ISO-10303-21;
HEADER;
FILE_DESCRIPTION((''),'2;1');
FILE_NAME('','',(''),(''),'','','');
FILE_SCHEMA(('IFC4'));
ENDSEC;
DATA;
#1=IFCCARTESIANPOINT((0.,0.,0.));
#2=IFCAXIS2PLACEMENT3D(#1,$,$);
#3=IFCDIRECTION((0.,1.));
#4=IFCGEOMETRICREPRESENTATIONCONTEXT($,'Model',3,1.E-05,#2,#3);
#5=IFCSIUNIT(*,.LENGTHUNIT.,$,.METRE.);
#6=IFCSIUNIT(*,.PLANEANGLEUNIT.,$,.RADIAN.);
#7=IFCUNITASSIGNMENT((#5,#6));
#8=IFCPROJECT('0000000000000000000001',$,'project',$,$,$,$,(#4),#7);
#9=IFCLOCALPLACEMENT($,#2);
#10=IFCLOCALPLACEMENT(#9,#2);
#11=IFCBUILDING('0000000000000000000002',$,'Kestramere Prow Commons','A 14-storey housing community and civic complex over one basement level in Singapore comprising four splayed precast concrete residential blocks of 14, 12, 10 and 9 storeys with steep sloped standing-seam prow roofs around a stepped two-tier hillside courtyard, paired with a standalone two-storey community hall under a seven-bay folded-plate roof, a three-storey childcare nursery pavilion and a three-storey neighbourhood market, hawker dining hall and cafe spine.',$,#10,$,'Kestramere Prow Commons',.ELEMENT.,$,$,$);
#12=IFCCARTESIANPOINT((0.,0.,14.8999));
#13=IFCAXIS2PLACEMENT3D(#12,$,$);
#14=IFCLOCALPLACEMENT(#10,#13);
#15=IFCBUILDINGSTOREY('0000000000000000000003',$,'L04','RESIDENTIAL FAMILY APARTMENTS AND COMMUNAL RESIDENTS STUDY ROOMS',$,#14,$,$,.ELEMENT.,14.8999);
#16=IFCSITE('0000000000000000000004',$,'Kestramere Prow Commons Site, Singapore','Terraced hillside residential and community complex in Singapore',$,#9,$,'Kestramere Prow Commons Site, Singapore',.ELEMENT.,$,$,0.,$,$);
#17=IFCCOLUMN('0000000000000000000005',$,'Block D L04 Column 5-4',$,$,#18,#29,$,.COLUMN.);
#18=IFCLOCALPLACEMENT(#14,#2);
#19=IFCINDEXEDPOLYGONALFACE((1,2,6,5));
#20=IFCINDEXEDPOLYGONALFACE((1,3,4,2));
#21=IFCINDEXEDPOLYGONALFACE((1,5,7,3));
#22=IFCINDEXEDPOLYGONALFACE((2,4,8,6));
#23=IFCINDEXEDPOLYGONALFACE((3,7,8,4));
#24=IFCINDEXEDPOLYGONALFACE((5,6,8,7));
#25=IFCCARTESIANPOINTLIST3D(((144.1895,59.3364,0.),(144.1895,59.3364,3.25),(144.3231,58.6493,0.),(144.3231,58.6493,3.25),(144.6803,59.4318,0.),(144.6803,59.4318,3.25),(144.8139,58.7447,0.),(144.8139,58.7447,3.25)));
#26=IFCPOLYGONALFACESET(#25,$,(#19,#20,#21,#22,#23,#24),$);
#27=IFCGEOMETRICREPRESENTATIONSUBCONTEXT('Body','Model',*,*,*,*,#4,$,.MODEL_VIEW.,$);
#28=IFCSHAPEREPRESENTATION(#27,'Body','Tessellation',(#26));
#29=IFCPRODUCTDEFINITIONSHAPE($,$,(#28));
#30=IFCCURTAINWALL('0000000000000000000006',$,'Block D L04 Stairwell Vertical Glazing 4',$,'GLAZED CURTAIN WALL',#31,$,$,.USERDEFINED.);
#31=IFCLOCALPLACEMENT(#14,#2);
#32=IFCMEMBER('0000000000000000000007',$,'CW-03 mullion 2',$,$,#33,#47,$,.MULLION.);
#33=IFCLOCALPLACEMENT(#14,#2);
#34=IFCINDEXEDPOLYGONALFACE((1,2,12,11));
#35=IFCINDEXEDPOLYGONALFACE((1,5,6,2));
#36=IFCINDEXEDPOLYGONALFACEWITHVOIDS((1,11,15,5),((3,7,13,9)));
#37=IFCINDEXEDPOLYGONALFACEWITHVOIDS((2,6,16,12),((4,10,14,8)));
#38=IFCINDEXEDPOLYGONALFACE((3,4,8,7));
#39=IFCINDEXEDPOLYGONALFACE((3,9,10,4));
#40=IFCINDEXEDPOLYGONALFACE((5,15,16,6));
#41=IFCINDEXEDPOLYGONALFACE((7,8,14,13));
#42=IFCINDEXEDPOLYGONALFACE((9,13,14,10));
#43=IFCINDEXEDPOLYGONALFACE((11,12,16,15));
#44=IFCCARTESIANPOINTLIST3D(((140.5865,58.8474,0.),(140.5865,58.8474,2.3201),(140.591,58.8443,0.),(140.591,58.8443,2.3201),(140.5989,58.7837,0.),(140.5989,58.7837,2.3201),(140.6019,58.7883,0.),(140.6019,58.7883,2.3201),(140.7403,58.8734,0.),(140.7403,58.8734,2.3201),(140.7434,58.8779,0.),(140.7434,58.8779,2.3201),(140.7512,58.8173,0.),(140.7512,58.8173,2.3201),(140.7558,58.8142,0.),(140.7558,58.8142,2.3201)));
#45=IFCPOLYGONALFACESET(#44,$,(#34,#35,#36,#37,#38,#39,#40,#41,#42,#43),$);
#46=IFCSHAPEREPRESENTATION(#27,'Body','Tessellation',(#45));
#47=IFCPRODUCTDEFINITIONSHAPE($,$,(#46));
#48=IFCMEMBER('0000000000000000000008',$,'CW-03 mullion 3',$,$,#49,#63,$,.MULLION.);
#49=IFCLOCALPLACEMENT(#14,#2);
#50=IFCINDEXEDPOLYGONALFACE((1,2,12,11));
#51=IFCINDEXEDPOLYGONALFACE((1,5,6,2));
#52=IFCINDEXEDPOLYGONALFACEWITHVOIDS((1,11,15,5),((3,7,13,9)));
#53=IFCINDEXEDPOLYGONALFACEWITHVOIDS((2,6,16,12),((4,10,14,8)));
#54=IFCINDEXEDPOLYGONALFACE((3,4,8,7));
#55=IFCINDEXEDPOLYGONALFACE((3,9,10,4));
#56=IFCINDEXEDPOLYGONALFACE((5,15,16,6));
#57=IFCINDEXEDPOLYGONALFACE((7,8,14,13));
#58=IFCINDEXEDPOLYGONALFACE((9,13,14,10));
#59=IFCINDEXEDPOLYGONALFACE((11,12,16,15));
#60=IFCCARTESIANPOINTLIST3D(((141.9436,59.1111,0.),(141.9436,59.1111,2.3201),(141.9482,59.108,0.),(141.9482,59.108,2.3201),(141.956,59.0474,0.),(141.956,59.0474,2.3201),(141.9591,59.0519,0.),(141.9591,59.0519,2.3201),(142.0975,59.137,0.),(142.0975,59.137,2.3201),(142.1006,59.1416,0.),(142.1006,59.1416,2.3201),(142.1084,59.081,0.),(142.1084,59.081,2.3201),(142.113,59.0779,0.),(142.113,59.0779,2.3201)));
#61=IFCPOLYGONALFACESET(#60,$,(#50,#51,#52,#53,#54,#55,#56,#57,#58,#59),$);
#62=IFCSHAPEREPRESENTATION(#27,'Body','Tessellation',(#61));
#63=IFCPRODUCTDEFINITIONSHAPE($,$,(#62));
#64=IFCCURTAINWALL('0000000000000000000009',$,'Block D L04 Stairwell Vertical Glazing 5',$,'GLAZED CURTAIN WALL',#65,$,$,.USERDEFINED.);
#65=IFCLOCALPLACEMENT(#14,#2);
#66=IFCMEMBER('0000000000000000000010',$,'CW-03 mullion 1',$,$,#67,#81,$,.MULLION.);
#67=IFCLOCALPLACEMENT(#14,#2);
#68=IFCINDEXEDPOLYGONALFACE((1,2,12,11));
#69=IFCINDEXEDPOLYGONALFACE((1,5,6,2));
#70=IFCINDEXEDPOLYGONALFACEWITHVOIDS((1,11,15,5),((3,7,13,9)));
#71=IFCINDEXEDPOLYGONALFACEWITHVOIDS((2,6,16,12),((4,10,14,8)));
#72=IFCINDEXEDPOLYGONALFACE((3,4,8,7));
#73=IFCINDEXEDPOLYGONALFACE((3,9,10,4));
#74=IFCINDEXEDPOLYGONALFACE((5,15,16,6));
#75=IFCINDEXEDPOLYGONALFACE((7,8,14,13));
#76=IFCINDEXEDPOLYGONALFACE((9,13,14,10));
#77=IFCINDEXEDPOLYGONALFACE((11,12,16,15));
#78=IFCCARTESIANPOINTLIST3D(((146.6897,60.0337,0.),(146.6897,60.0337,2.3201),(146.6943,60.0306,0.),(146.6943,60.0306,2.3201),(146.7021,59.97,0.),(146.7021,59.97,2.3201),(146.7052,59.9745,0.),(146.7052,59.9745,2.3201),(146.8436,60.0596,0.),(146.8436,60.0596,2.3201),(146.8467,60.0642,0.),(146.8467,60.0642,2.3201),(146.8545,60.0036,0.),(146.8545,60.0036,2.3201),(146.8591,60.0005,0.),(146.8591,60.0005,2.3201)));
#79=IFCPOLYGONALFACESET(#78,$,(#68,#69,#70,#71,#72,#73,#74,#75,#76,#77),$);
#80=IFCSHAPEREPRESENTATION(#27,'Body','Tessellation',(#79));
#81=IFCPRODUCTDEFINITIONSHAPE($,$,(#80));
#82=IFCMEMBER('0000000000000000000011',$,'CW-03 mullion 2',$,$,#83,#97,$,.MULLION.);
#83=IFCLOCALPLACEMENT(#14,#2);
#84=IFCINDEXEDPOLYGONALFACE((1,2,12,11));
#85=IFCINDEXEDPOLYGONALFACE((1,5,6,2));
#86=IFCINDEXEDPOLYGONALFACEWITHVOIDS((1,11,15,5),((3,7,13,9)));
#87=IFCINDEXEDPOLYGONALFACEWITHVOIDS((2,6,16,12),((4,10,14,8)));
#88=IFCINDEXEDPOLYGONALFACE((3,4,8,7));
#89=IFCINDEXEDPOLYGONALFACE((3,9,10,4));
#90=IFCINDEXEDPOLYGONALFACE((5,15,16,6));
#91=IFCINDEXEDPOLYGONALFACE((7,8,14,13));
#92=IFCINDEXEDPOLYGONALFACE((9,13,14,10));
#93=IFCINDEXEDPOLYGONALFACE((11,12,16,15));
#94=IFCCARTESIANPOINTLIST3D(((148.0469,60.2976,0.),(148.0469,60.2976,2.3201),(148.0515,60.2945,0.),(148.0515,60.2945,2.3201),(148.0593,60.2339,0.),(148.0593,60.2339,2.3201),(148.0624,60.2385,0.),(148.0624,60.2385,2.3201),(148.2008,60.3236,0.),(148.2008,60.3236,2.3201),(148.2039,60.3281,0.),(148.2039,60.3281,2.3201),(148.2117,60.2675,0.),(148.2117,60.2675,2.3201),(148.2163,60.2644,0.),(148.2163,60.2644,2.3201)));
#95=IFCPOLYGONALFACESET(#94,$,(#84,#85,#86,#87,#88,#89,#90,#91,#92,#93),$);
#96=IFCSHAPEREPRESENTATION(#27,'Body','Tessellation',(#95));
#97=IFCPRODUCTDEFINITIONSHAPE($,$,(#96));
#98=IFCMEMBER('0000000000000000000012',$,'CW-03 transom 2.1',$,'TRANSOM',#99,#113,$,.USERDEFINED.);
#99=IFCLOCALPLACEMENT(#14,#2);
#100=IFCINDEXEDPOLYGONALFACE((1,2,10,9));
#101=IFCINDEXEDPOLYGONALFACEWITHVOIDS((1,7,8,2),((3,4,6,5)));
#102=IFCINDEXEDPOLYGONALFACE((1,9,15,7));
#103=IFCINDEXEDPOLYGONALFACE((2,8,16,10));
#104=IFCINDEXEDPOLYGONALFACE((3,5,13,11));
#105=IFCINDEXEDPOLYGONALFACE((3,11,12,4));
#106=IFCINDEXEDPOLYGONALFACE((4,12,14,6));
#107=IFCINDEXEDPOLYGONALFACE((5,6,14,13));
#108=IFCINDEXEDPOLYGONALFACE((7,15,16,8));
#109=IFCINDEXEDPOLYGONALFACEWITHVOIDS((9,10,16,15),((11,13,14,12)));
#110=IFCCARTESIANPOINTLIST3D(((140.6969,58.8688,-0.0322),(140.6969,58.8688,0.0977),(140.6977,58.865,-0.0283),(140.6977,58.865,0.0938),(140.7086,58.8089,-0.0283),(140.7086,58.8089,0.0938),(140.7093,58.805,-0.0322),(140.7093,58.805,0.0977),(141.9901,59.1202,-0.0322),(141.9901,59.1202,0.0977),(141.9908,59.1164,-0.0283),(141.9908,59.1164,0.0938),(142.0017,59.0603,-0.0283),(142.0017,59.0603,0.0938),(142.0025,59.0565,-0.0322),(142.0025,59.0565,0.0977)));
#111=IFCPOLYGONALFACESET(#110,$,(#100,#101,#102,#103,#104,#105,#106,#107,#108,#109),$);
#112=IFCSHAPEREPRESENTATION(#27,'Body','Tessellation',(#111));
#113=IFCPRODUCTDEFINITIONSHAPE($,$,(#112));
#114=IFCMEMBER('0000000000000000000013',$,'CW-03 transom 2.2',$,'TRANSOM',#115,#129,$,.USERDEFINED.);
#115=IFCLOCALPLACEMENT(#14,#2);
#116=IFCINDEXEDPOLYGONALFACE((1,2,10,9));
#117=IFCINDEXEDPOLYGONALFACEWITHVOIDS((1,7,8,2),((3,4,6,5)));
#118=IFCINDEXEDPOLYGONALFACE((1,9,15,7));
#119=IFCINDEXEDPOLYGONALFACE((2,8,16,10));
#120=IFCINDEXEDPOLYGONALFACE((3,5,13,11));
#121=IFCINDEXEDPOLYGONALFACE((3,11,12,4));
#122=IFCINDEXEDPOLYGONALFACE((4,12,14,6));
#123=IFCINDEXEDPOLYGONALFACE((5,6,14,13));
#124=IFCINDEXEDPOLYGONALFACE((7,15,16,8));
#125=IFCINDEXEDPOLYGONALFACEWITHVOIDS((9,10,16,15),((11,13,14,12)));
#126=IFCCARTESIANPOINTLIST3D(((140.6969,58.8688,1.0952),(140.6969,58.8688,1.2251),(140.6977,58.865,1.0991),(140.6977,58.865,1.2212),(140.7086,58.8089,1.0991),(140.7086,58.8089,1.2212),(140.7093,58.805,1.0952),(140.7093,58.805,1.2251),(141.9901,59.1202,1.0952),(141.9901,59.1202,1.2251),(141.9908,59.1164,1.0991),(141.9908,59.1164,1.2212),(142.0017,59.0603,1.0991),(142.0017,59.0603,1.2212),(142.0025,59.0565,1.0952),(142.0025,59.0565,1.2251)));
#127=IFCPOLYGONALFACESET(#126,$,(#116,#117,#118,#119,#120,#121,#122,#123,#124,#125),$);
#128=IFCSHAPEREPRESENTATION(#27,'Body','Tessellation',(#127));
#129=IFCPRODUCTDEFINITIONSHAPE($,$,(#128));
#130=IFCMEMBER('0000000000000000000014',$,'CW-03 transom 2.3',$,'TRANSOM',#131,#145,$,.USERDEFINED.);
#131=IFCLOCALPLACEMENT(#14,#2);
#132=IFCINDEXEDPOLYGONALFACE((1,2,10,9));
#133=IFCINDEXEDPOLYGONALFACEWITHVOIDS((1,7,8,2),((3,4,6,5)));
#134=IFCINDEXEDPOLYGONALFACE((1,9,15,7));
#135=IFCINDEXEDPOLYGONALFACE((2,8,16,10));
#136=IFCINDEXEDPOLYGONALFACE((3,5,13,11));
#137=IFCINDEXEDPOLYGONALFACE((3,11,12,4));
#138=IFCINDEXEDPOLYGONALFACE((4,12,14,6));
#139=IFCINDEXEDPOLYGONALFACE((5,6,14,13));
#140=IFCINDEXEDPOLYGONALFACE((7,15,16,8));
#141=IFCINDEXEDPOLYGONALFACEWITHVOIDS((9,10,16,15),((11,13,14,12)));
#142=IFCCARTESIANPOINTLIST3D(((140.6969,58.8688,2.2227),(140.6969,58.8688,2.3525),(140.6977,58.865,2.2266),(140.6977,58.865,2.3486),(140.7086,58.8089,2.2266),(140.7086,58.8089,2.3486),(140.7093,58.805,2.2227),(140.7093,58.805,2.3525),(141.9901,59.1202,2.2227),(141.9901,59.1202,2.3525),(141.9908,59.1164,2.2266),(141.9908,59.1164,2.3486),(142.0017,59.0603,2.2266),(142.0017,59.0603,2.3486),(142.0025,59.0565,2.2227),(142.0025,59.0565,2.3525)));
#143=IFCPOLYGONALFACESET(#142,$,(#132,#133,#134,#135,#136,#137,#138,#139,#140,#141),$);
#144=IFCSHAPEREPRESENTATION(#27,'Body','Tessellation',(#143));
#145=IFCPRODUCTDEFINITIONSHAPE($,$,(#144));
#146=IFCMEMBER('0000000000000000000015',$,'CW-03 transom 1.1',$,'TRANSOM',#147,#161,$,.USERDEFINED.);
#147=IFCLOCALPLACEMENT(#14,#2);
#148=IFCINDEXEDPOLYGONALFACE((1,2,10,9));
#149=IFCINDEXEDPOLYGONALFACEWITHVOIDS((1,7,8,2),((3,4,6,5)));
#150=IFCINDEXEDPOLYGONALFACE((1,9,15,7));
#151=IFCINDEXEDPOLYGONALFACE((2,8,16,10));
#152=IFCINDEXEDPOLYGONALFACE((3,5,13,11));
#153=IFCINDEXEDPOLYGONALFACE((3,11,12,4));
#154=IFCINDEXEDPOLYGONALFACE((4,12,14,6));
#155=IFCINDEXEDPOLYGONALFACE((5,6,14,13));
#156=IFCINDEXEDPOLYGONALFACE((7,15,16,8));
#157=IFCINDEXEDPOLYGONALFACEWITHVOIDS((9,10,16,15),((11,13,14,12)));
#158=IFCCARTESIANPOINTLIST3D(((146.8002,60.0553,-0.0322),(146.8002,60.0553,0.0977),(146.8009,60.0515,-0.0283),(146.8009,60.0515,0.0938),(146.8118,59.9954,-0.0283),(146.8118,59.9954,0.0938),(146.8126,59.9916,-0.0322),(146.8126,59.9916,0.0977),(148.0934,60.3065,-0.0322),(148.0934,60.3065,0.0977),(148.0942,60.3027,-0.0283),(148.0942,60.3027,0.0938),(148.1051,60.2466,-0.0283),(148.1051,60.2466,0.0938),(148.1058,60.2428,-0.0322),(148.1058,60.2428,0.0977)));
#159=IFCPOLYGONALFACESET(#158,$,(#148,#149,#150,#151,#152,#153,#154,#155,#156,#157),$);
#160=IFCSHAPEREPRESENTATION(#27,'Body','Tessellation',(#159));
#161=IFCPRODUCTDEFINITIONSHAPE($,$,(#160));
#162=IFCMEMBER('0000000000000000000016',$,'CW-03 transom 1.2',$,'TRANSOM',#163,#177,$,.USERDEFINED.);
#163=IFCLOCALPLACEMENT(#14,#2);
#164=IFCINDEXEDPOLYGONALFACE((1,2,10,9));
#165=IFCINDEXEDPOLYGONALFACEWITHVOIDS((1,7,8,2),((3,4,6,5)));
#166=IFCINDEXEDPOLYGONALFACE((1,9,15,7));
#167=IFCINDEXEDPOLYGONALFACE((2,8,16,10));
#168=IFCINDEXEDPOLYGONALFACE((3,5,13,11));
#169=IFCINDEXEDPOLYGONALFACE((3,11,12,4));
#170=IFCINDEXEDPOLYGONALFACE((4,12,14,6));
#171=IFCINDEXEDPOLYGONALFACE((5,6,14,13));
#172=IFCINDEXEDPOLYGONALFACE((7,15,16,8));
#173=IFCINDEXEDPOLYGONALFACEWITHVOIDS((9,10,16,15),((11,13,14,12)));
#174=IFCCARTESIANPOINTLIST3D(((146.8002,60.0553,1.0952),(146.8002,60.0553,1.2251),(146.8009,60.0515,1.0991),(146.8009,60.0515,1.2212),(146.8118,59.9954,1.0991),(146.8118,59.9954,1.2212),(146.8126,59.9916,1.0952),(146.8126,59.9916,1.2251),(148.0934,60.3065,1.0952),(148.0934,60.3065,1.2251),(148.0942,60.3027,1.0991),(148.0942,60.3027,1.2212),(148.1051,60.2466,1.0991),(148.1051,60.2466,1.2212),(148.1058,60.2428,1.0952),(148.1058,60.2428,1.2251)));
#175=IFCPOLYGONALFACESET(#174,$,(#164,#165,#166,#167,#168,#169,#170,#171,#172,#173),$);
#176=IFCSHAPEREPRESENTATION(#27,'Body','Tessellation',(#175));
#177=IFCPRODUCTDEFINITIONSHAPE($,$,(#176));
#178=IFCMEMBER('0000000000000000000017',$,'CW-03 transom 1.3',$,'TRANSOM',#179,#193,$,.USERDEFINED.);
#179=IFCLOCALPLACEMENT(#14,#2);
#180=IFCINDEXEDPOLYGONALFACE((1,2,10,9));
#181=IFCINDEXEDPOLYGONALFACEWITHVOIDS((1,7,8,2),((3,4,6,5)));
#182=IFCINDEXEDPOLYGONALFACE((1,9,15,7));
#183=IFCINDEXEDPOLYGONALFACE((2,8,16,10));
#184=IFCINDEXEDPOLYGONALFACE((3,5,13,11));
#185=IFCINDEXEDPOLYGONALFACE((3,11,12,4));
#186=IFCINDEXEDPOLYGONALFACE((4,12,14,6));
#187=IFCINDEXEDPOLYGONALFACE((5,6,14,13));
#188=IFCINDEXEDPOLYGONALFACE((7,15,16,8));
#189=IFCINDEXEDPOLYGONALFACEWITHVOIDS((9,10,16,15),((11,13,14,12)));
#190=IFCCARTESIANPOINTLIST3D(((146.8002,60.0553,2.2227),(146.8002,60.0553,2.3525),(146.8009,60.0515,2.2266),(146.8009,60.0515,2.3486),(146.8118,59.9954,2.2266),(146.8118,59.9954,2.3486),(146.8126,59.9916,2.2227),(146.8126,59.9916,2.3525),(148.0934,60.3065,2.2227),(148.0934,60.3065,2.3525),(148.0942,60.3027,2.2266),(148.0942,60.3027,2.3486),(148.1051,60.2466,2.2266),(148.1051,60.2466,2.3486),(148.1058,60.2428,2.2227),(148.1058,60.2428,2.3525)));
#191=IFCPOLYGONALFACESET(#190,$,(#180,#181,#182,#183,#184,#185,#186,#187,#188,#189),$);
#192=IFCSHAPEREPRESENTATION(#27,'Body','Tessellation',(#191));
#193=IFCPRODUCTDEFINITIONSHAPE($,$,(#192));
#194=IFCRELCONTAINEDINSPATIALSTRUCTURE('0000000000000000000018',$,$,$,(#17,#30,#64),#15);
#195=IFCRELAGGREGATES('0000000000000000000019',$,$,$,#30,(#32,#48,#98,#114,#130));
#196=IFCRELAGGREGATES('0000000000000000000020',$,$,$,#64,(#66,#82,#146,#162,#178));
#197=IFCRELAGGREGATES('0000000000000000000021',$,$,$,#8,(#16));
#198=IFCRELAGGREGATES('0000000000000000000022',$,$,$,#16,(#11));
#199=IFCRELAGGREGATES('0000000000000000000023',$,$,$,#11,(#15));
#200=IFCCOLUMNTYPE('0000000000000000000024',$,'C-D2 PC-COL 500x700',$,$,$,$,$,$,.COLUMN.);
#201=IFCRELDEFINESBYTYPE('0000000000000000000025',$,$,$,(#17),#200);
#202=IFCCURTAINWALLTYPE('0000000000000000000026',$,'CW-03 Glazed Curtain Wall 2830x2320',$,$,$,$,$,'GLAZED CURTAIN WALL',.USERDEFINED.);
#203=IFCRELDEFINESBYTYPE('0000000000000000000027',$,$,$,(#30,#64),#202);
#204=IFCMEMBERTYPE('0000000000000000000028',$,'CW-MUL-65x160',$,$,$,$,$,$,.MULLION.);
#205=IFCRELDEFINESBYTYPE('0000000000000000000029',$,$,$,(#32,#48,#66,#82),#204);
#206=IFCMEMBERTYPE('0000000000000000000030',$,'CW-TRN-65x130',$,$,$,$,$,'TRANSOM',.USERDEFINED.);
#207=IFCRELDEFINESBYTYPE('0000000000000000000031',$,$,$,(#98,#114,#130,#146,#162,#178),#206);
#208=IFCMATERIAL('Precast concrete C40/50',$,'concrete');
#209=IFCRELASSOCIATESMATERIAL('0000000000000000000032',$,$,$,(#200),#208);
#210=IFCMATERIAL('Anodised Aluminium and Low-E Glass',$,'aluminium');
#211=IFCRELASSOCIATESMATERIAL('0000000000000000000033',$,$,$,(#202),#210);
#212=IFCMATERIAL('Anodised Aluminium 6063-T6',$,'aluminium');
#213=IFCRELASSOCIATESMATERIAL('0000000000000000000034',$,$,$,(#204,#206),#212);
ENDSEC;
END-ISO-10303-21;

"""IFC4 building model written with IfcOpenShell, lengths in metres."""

from ifc_helpers import new_model, si_unit, direction, frame, origin, origin_2d, place, context, subcontext, project, spatial, rectangle, hollow_rectangle, extrude, material, material_profile, profile_set, type_object, element, aggregate, save


model = new_model("IFC4")

# Units and contexts
model_context = context("Model", 3, precision=1e-05, world=origin(), true_north=direction((0.0, 1.0)))
body_context = subcontext(model_context, "Body", "Model", "MODEL_VIEW")
ifc_project = project(units=[si_unit("LENGTHUNIT", "METRE"), si_unit("PLANEANGLEUNIT", "RADIAN")], contexts=[model_context])

# Site, building, storey
site_placement = place(None, origin())
site = spatial("IfcSite", under=ifc_project, at=site_placement, Name="Kestramere Prow Commons Site, Singapore", Description="Terraced hillside residential and community complex in Singapore", LongName="Kestramere Prow Commons Site, Singapore", CompositionType="ELEMENT", RefElevation=0.0)
building_placement = place(site_placement, origin())
building = spatial("IfcBuilding", under=site, at=building_placement, Name="Kestramere Prow Commons", Description="A 14-storey housing community and civic complex over one basement level in Singapore comprising four splayed precast concrete residential blocks of 14, 12, 10 and 9 storeys with steep sloped standing-seam prow roofs around a stepped two-tier hillside courtyard, paired with a standalone two-storey community hall under a seven-bay folded-plate roof, a three-storey childcare nursery pavilion and a three-storey neighbourhood market, hawker dining hall and cafe spine.", LongName="Kestramere Prow Commons", CompositionType="ELEMENT")
storey_placement = place(building_placement, frame((0.0, 0.0, 14.8999)))
storey = spatial("IfcBuildingStorey", under=building, at=storey_placement, Name="L04", Description="RESIDENTIAL FAMILY APARTMENTS AND COMMUNAL RESIDENTS STUDY ROOMS", CompositionType="ELEMENT", Elevation=14.8999)

# Column
ifc_material_1 = material(Name="Precast concrete C40/50", Category="concrete")
ifc_material_profile_1 = material_profile(ifc_material_1, rectangle(XDim=0.5, YDim=0.7, at=origin_2d()), Name="PC-COL 500x700")
ifc_profile_set_1 = profile_set([ifc_material_profile_1], Name="Precast concrete C40/50")
column_type = type_object("IfcColumnType", Name="C-D2 PC-COL 500x700", PredefinedType="COLUMN", material=ifc_profile_set_1)
column_placement = place(storey_placement, frame((144.5017, 59.0405, 0.0), z_axis=(0.0, 0.0, 1.0), x_axis=(0.981627, 0.190809, 0.0)))
element("IfcColumn", 1, at=column_placement, inside=storey, type_object=column_type, Name="Block D L04 Column 5-4", PredefinedType="COLUMN", context=body_context, shape_type="SweptSolid", body=[
    extrude(rectangle(XDim=0.5, YDim=0.7, at=origin_2d()), origin(), (0.0, 0.0, 1.0), 3.25),
])

# Curtain walls, members
ifc_material_2 = material(Name="Anodised Aluminium and Low-E Glass", Category="aluminium")
curtain_wall_type = type_object("IfcCurtainWallType", Name="CW-03 Glazed Curtain Wall 2830x2320", ElementType="GLAZED CURTAIN WALL", PredefinedType="USERDEFINED", material=ifc_material_2)
curtain_wall_1_placement = place(storey_placement, origin())
curtain_wall_1 = element("IfcCurtainWall", 2, at=curtain_wall_1_placement, inside=storey, type_object=curtain_wall_type, Name="Block D L04 Stairwell Vertical Glazing 4", ObjectType="GLAZED CURTAIN WALL", PredefinedType="USERDEFINED")
ifc_material_3 = material(Name="Anodised Aluminium 6063-T6", Category="aluminium")
ifc_material_profile_2 = material_profile(ifc_material_3, hollow_rectangle(XDim=0.0649, YDim=0.1599, WallThickness=0.0039, at=origin_2d()), Name="ALU-MUL 65x160")
ifc_profile_set_2 = profile_set([ifc_material_profile_2], Name="Anodised Aluminium 6063-T6")
member_type_1 = type_object("IfcMemberType", Name="CW-MUL-65x160", PredefinedType="MULLION", material=ifc_profile_set_2)
member_1_placement = place(storey_placement, frame((140.6711, 58.8308, 0.0), z_axis=(0.0, 0.0, 1.0), x_axis=(-0.190809, 0.981627, 0.0)))
member_1 = element("IfcMember", 3, at=member_1_placement, type_object=member_type_1, Name="CW-03 mullion 2", PredefinedType="MULLION", context=body_context, shape_type="SweptSolid", body=[
    extrude(hollow_rectangle(XDim=0.0649, YDim=0.1599, WallThickness=0.0039, at=origin_2d()), origin(), (0.0, 0.0, 1.0), 2.3201),
])
member_2_placement = place(storey_placement, frame((142.0283, 59.0945, 0.0), z_axis=(0.0, 0.0, 1.0), x_axis=(-0.190809, 0.981627, 0.0)))
member_2 = element("IfcMember", 4, at=member_2_placement, type_object=member_type_1, Name="CW-03 mullion 3", PredefinedType="MULLION", context=body_context, shape_type="SweptSolid", body=[
    extrude(hollow_rectangle(XDim=0.0649, YDim=0.1599, WallThickness=0.0039, at=origin_2d()), origin(), (0.0, 0.0, 1.0), 2.3201),
])
curtain_wall_2_placement = place(storey_placement, origin())
curtain_wall_2 = element("IfcCurtainWall", 5, at=curtain_wall_2_placement, inside=storey, type_object=curtain_wall_type, Name="Block D L04 Stairwell Vertical Glazing 5", ObjectType="GLAZED CURTAIN WALL", PredefinedType="USERDEFINED")
member_3_placement = place(storey_placement, frame((146.7744, 60.0171, 0.0), z_axis=(0.0, 0.0, 1.0), x_axis=(-0.190809, 0.981627, 0.0)))
member_3 = element("IfcMember", 6, at=member_3_placement, type_object=member_type_1, Name="CW-03 mullion 1", PredefinedType="MULLION", context=body_context, shape_type="SweptSolid", body=[
    extrude(hollow_rectangle(XDim=0.0649, YDim=0.1599, WallThickness=0.0039, at=origin_2d()), origin(), (0.0, 0.0, 1.0), 2.3201),
])
member_4_placement = place(storey_placement, frame((148.1316, 60.281, 0.0), z_axis=(0.0, 0.0, 1.0), x_axis=(-0.190809, 0.981627, 0.0)))
member_4 = element("IfcMember", 7, at=member_4_placement, type_object=member_type_1, Name="CW-03 mullion 2", PredefinedType="MULLION", context=body_context, shape_type="SweptSolid", body=[
    extrude(hollow_rectangle(XDim=0.0649, YDim=0.1599, WallThickness=0.0039, at=origin_2d()), origin(), (0.0, 0.0, 1.0), 2.3201),
])

# Members
ifc_material_profile_3 = material_profile(ifc_material_3, hollow_rectangle(XDim=0.0649, YDim=0.1299, WallThickness=0.0039, at=origin_2d()), Name="ALU-TRN 65x130")
ifc_profile_set_3 = profile_set([ifc_material_profile_3], Name="Anodised Aluminium 6063-T6")
member_type_2 = type_object("IfcMemberType", Name="CW-TRN-65x130", ElementType="TRANSOM", PredefinedType="USERDEFINED", material=ifc_profile_set_3)
member_5_placement = place(storey_placement, frame((140.7031, 58.8369, 0.0327), z_axis=(0.981614, 0.190875, 0.0), x_axis=(-0.190875, 0.981614, 0.0)))
member_5 = element("IfcMember", 8, at=member_5_placement, type_object=member_type_2, Name="CW-03 transom 2.1", ObjectType="TRANSOM", PredefinedType="USERDEFINED", context=body_context, shape_type="SweptSolid", body=[
    extrude(hollow_rectangle(XDim=0.0649, YDim=0.1299, WallThickness=0.0039, at=origin_2d()), origin(), (0.0, 0.0, 1.0), 1.3174),
])
member_6_placement = place(storey_placement, frame((140.7031, 58.8369, 1.1602), z_axis=(0.981614, 0.190875, 0.0), x_axis=(-0.190875, 0.981614, 0.0)))
member_6 = element("IfcMember", 9, at=member_6_placement, type_object=member_type_2, Name="CW-03 transom 2.2", ObjectType="TRANSOM", PredefinedType="USERDEFINED", context=body_context, shape_type="SweptSolid", body=[
    extrude(hollow_rectangle(XDim=0.0649, YDim=0.1299, WallThickness=0.0039, at=origin_2d()), origin(), (0.0, 0.0, 1.0), 1.3174),
])
member_7_placement = place(storey_placement, frame((140.7031, 58.8369, 2.2876), z_axis=(0.981614, 0.190875, 0.0), x_axis=(-0.190875, 0.981614, 0.0)))
member_7 = element("IfcMember", 10, at=member_7_placement, type_object=member_type_2, Name="CW-03 transom 2.3", ObjectType="TRANSOM", PredefinedType="USERDEFINED", context=body_context, shape_type="SweptSolid", body=[
    extrude(hollow_rectangle(XDim=0.0649, YDim=0.1299, WallThickness=0.0039, at=origin_2d()), origin(), (0.0, 0.0, 1.0), 1.3174),
])
member_8_placement = place(storey_placement, frame((146.8064, 60.0234, 0.0327), z_axis=(0.981649, 0.190696, 0.0), x_axis=(-0.190696, 0.981649, 0.0)))
member_8 = element("IfcMember", 11, at=member_8_placement, type_object=member_type_2, Name="CW-03 transom 1.1", ObjectType="TRANSOM", PredefinedType="USERDEFINED", context=body_context, shape_type="SweptSolid", body=[
    extrude(hollow_rectangle(XDim=0.0649, YDim=0.1299, WallThickness=0.0039, at=origin_2d()), origin(), (0.0, 0.0, 1.0), 1.3174),
])
member_9_placement = place(storey_placement, frame((146.8064, 60.0234, 1.1602), z_axis=(0.981649, 0.190696, 0.0), x_axis=(-0.190696, 0.981649, 0.0)))
member_9 = element("IfcMember", 12, at=member_9_placement, type_object=member_type_2, Name="CW-03 transom 1.2", ObjectType="TRANSOM", PredefinedType="USERDEFINED", context=body_context, shape_type="SweptSolid", body=[
    extrude(hollow_rectangle(XDim=0.0649, YDim=0.1299, WallThickness=0.0039, at=origin_2d()), origin(), (0.0, 0.0, 1.0), 1.3174),
])
member_10_placement = place(storey_placement, frame((146.8064, 60.0234, 2.2876), z_axis=(0.981649, 0.190696, 0.0), x_axis=(-0.190696, 0.981649, 0.0)))
member_10 = element("IfcMember", 13, at=member_10_placement, type_object=member_type_2, Name="CW-03 transom 1.3", ObjectType="TRANSOM", PredefinedType="USERDEFINED", context=body_context, shape_type="SweptSolid", body=[
    extrude(hollow_rectangle(XDim=0.0649, YDim=0.1299, WallThickness=0.0039, at=origin_2d()), origin(), (0.0, 0.0, 1.0), 1.3174),
])

aggregate(curtain_wall_1, [member_1, member_2, member_5, member_6, member_7])
aggregate(curtain_wall_2, [member_3, member_4, member_8, member_9, member_10])

save(model, "model.ifc")
